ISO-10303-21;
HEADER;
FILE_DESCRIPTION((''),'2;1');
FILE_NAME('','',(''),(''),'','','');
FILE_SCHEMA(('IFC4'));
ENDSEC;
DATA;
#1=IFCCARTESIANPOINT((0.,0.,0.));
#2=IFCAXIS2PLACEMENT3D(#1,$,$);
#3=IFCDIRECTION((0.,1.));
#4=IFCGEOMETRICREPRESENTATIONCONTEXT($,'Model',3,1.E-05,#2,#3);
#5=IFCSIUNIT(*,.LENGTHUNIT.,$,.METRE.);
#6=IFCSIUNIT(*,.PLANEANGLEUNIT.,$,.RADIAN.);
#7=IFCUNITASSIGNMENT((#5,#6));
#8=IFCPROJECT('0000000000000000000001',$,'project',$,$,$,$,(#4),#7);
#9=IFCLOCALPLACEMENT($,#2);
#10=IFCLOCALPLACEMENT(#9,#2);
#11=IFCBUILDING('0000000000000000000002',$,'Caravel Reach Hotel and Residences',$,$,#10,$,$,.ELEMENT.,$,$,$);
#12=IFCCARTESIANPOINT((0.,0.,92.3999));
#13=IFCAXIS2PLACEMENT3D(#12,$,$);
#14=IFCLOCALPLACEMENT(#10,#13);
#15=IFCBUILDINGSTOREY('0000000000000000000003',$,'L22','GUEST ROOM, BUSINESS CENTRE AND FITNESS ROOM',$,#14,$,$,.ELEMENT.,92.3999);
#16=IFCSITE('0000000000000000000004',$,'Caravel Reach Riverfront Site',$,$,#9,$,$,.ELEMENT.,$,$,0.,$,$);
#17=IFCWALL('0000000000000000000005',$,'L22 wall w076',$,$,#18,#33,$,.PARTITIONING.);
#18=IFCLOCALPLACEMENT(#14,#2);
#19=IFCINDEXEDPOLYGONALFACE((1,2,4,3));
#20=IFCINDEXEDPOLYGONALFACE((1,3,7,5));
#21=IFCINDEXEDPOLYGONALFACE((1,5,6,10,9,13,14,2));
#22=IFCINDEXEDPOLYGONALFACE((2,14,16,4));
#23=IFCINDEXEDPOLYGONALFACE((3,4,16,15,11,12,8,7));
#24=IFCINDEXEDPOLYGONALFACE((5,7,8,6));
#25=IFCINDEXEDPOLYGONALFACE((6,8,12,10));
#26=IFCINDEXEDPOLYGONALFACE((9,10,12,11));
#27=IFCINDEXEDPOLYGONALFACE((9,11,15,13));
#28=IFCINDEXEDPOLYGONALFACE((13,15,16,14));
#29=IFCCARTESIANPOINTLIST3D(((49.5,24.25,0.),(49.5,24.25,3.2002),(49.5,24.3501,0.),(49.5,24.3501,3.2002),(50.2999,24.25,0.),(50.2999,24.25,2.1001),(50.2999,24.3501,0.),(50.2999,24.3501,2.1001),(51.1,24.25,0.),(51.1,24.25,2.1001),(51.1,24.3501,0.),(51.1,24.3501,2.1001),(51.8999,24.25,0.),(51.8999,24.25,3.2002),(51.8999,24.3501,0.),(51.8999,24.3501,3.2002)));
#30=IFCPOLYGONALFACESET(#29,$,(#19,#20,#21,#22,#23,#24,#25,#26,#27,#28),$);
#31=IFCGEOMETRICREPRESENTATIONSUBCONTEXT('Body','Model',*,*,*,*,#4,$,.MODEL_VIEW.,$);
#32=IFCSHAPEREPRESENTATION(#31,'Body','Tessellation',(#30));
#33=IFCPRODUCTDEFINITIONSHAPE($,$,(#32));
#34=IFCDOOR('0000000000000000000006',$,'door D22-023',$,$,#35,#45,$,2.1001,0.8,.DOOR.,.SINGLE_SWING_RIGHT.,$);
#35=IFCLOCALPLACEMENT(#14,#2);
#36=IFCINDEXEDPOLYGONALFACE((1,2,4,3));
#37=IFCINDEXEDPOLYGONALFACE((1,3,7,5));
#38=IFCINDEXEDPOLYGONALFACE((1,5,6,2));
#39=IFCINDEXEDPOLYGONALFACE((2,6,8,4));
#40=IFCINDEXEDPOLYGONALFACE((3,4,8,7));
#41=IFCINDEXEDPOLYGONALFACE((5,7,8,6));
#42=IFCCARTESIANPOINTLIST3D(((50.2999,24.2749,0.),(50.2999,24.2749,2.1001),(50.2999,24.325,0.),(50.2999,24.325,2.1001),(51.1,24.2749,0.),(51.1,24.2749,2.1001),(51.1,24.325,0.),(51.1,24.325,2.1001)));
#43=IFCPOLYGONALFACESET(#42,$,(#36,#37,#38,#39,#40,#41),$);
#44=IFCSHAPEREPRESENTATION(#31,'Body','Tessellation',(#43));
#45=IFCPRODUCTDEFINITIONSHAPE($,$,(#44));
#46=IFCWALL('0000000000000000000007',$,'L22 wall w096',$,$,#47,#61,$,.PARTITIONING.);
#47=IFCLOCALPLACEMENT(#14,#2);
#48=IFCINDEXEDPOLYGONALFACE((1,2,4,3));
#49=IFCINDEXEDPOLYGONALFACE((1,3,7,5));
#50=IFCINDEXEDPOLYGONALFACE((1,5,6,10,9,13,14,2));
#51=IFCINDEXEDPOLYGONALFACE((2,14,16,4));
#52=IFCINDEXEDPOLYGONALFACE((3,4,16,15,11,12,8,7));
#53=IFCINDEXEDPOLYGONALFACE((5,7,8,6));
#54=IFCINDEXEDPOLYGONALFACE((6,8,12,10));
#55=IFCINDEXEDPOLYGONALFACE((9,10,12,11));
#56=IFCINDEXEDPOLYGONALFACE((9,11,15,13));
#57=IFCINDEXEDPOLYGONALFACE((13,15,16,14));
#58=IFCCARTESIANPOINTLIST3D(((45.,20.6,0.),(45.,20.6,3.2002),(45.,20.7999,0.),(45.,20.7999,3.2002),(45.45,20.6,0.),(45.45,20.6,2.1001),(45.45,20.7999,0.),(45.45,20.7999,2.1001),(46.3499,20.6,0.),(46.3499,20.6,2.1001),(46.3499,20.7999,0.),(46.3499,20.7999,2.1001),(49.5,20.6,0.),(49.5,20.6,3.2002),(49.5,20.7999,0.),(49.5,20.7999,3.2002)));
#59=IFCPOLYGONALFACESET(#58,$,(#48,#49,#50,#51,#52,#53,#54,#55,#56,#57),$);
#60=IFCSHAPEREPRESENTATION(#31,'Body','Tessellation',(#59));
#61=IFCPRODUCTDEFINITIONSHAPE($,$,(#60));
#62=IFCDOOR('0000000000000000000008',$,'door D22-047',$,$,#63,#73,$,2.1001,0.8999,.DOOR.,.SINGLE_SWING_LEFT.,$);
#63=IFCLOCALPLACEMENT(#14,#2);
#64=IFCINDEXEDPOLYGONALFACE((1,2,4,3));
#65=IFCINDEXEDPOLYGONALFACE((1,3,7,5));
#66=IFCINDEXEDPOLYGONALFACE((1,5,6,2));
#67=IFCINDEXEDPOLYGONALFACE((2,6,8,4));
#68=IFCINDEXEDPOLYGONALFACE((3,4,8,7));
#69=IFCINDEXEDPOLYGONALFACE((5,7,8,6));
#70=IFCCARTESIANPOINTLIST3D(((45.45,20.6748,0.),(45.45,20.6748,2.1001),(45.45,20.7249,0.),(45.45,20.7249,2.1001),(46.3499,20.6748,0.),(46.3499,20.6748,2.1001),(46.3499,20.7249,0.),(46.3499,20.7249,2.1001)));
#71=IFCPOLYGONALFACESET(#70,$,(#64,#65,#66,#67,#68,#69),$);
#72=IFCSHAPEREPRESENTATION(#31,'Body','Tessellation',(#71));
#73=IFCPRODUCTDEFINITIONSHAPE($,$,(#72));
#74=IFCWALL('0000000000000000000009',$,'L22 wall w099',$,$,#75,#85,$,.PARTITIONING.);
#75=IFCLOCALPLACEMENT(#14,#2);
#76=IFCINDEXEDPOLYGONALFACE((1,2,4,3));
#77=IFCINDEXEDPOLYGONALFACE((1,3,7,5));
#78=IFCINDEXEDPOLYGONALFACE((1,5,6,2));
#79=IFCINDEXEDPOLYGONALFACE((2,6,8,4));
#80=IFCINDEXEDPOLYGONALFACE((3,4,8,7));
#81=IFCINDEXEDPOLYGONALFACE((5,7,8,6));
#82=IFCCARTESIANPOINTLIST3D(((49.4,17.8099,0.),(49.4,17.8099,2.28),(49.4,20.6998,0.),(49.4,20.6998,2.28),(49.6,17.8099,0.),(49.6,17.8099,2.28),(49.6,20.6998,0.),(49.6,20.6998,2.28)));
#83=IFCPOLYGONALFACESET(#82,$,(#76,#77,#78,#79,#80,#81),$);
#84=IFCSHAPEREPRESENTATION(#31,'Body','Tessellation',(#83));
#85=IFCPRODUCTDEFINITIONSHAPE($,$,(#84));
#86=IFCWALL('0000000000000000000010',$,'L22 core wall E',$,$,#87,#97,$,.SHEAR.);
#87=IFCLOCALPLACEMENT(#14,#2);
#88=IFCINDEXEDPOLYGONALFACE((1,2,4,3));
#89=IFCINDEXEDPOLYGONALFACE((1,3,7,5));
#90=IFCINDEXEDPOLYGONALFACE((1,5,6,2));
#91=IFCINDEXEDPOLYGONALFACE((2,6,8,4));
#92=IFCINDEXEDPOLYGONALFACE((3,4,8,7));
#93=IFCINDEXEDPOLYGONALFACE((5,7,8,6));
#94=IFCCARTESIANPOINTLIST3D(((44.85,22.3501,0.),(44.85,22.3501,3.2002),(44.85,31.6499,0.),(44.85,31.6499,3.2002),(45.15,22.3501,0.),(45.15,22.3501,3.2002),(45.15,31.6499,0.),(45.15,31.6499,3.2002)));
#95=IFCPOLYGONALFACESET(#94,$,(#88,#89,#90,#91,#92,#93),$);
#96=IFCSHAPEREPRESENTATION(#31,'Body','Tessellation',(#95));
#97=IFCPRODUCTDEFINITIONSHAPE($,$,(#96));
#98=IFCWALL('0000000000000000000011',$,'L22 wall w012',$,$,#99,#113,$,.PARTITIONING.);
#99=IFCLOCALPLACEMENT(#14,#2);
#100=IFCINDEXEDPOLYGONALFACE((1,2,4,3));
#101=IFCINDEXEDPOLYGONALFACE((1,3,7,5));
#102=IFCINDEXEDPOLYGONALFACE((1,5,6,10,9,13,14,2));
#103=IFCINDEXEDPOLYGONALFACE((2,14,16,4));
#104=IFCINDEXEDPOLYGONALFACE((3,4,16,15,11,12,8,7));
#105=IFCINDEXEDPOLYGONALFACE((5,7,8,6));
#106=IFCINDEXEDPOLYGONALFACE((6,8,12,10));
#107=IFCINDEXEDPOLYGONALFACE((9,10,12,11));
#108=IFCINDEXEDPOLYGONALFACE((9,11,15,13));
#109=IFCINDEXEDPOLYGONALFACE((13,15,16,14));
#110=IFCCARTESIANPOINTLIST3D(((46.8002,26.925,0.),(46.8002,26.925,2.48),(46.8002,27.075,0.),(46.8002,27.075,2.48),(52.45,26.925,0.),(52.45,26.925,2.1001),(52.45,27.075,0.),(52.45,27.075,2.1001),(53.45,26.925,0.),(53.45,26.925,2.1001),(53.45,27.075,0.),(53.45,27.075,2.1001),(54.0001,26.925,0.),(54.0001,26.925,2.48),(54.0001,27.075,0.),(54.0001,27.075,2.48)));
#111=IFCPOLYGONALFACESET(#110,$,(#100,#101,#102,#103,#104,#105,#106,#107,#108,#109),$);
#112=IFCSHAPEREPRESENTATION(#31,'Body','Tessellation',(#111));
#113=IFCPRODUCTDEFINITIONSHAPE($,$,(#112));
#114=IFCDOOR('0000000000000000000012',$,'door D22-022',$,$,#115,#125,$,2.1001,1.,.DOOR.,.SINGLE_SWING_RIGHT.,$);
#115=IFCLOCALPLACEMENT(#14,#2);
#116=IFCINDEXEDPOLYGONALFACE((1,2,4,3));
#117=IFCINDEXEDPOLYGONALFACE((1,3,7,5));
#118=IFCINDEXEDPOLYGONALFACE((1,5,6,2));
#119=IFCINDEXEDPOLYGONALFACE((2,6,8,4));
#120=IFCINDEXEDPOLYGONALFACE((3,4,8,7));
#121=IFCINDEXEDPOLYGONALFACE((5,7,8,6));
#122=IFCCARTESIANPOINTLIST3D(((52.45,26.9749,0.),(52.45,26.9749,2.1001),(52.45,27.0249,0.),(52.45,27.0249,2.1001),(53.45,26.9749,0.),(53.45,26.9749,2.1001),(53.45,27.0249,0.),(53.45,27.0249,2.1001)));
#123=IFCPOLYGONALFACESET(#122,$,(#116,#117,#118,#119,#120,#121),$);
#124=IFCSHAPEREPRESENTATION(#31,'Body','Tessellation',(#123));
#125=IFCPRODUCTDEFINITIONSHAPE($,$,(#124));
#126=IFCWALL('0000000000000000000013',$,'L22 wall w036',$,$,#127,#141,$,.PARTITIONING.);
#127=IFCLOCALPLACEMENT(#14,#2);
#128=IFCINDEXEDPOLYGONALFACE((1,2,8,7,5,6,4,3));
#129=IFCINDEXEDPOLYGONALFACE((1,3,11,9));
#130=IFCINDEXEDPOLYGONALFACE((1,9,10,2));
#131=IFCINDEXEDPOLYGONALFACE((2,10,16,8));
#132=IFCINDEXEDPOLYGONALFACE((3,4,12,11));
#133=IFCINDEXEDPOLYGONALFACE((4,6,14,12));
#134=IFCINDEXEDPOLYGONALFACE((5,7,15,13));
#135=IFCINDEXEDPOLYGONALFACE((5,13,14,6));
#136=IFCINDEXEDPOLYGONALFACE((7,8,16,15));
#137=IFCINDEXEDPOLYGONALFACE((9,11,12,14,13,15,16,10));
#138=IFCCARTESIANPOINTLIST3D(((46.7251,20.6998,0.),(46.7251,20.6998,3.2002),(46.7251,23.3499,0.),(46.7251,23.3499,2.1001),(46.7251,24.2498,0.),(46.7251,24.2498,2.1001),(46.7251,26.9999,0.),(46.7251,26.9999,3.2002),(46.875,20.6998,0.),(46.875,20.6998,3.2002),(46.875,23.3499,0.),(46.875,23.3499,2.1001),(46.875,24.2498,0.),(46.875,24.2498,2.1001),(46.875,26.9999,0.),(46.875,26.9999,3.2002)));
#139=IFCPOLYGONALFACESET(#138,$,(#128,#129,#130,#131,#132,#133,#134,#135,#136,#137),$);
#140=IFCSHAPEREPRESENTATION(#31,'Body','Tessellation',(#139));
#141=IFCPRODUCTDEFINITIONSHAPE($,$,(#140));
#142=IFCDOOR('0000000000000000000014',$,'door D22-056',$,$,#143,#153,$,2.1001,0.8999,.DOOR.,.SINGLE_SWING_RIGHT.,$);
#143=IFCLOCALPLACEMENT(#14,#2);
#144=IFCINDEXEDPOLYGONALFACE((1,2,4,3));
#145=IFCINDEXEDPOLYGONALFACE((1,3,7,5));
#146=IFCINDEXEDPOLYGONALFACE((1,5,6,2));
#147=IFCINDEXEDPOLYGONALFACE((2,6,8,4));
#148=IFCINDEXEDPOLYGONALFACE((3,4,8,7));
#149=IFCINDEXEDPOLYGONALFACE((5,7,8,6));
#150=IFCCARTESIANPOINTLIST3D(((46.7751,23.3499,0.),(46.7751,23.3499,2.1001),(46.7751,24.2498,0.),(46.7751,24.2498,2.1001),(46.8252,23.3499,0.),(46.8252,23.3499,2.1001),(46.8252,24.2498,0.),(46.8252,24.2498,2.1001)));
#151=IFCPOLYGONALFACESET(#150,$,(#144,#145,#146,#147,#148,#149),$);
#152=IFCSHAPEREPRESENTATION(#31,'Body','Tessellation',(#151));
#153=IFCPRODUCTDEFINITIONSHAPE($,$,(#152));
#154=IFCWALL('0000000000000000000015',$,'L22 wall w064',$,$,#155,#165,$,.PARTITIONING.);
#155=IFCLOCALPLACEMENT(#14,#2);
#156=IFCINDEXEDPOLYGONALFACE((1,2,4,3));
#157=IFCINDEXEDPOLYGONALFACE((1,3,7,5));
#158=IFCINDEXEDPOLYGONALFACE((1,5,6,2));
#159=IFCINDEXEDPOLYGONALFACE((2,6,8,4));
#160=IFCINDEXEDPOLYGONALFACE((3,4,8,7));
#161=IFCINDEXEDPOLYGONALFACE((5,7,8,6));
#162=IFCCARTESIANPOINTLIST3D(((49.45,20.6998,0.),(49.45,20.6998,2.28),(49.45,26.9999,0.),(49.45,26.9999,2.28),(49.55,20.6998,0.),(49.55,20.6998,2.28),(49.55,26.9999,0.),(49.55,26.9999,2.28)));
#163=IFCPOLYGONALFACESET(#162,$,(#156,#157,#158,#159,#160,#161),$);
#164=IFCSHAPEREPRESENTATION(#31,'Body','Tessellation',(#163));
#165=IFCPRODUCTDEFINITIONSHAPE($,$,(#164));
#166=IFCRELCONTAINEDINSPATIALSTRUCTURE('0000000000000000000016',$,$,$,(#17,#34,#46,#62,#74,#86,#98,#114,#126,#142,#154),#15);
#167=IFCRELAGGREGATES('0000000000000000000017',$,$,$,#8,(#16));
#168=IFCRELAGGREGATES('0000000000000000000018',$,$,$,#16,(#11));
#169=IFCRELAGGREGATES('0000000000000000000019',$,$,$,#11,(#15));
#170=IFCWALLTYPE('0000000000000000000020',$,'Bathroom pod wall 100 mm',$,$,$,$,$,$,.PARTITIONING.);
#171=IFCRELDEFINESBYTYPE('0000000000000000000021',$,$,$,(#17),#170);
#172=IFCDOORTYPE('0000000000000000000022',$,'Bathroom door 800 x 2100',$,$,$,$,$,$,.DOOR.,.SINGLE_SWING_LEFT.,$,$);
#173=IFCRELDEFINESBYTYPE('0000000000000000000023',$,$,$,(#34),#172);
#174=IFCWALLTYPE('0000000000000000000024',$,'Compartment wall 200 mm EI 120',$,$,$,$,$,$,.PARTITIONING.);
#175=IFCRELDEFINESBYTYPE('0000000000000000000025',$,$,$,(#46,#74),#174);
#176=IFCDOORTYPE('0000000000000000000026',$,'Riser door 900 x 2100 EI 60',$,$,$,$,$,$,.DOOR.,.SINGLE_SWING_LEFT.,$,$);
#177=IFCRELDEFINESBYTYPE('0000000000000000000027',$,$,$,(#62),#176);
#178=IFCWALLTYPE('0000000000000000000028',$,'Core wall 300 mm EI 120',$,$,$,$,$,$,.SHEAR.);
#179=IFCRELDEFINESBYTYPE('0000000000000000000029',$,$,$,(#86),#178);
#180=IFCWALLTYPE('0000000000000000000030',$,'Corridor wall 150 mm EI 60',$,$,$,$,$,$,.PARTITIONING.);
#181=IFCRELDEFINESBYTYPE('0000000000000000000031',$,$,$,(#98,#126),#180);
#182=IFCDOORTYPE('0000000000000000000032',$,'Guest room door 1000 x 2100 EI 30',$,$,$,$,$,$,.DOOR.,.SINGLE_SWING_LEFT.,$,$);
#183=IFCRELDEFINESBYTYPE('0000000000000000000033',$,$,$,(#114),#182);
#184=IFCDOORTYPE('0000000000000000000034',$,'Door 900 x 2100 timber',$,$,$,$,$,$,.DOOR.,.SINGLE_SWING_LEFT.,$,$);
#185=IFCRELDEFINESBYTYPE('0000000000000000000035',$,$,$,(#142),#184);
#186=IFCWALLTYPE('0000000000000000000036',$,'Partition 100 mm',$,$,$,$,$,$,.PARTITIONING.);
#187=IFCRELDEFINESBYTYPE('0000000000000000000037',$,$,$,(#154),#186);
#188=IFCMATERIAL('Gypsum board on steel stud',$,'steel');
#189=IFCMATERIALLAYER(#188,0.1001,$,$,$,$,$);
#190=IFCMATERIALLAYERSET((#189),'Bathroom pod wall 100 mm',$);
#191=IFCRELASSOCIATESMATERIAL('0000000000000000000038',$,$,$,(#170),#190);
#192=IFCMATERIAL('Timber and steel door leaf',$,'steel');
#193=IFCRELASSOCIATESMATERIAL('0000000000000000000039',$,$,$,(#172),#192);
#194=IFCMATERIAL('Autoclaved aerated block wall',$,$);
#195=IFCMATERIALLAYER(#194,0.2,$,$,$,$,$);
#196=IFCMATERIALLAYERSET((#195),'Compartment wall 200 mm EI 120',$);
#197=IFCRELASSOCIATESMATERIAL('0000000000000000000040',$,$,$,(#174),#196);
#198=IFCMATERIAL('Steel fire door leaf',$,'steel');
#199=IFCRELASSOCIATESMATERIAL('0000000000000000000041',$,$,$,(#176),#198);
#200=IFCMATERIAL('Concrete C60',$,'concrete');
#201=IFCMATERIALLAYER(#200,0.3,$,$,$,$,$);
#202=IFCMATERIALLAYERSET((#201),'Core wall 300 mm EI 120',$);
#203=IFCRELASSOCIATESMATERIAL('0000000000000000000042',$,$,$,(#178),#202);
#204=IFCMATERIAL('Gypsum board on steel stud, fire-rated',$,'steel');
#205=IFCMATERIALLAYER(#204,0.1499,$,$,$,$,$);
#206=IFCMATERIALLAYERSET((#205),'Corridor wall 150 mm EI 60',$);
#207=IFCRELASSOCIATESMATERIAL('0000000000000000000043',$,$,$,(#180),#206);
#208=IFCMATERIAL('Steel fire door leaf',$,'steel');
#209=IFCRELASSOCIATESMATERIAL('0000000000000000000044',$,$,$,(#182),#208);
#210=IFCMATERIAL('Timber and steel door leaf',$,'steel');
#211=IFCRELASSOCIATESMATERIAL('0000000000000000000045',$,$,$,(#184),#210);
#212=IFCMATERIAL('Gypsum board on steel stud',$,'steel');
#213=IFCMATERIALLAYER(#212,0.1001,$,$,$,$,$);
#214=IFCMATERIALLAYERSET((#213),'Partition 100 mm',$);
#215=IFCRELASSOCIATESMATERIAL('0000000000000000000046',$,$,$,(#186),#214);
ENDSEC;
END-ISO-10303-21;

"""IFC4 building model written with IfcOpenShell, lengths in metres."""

from ifc_helpers import new_model, si_unit, direction, frame, frame_2d, origin, place, context, subcontext, project, spatial, rectangle, extrude, material, layer, layer_set, type_object, element, fill, save


model = new_model("IFC4")

# Units and contexts
model_context = context("Model", 3, precision=1e-05, world=origin(), true_north=direction((0.0, 1.0)))
body_context = subcontext(model_context, "Body", "Model", "MODEL_VIEW")
ifc_project = project(units=[si_unit("LENGTHUNIT", "METRE"), si_unit("PLANEANGLEUNIT", "RADIAN")], contexts=[model_context])

# Site, building, storey
site_placement = place(None, origin())
site = spatial("IfcSite", under=ifc_project, at=site_placement, Name="Caravel Reach Riverfront Site", CompositionType="ELEMENT", RefElevation=0.0)
building_placement = place(site_placement, origin())
building = spatial("IfcBuilding", under=site, at=building_placement, Name="Caravel Reach Hotel and Residences", CompositionType="ELEMENT")
storey_placement = place(building_placement, frame((0.0, 0.0, 92.3999)))
storey = spatial("IfcBuildingStorey", under=building, at=storey_placement, Name="L22", Description="GUEST ROOM, BUSINESS CENTRE AND FITNESS ROOM", CompositionType="ELEMENT", Elevation=92.3999)

# Walls, openings, doors
ifc_material_1 = material(Name="Gypsum board on steel stud", Category="steel")
ifc_layer_1 = layer(ifc_material_1, 0.1001)
ifc_layer_set_1 = layer_set([ifc_layer_1], Name="Bathroom pod wall 100 mm")
wall_type_1 = type_object("IfcWallType", Name="Bathroom pod wall 100 mm", PredefinedType="PARTITIONING", material=ifc_layer_set_1)
wall_1_placement = place(storey_placement, frame((49.5, 24.3, 0.0), z_axis=(0.0, 0.0, 1.0), x_axis=(1.0, 0.0, 0.0)))
wall_1 = element("IfcWall", 1, at=wall_1_placement, inside=storey, type_object=wall_type_1, Name="L22 wall w076", PredefinedType="PARTITIONING", context=body_context, shape_type="SweptSolid", body=[
    extrude(rectangle(XDim=2.3999, YDim=0.1001, at=frame_2d((1.2, 0.0))), origin(), (0.0, 0.0, 1.0), 3.2002),
])
opening_1_placement = place(wall_1_placement, frame((0.8, 0.0, 0.0)))
opening_1 = element("IfcOpeningElement", 2, at=opening_1_placement, cuts=wall_1, PredefinedType="OPENING", context=body_context, shape_type="SweptSolid", body=[
    extrude(rectangle(XDim=0.8, YDim=2.1001, at=frame_2d((0.3999, 1.05))), frame((0.0, 0.0601, 0.0), z_axis=(0.0, -1.0, 0.0), x_axis=(1.0, 0.0, 0.0)), (0.0, 0.0, 1.0), 0.1201),
])
ifc_material_2 = material(Name="Timber and steel door leaf", Category="steel")
door_type_1 = type_object("IfcDoorType", Name="Bathroom door 800 x 2100", OperationType="SINGLE_SWING_LEFT", PredefinedType="DOOR", material=ifc_material_2)
door_1_placement = place(opening_1_placement, origin())
door_1 = element("IfcDoor", 3, at=door_1_placement, inside=storey, type_object=door_type_1, Name="door D22-023", OperationType="SINGLE_SWING_RIGHT", OverallHeight=2.1001, OverallWidth=0.8, PredefinedType="DOOR", context=body_context, shape_type="SweptSolid", body=[
    extrude(rectangle(XDim=0.8, YDim=2.1001, at=frame_2d((0.3999, 1.05))), frame((0.0, 0.0249, 0.0), z_axis=(0.0, -1.0, 0.0), x_axis=(1.0, 0.0, 0.0)), (0.0, 0.0, 1.0), 0.05),
])
fill(opening_1, door_1)
ifc_material_3 = material(Name="Autoclaved aerated block wall")
ifc_layer_2 = layer(ifc_material_3, 0.2)
ifc_layer_set_2 = layer_set([ifc_layer_2], Name="Compartment wall 200 mm EI 120")
wall_type_2 = type_object("IfcWallType", Name="Compartment wall 200 mm EI 120", PredefinedType="PARTITIONING", material=ifc_layer_set_2)
wall_2_placement = place(storey_placement, frame((45.0, 20.7, 0.0), z_axis=(0.0, 0.0, 1.0), x_axis=(1.0, 0.0, 0.0)))
wall_2 = element("IfcWall", 4, at=wall_2_placement, inside=storey, type_object=wall_type_2, Name="L22 wall w096", PredefinedType="PARTITIONING", context=body_context, shape_type="SweptSolid", body=[
    extrude(rectangle(XDim=4.5, YDim=0.2, at=frame_2d((2.25, 0.0))), origin(), (0.0, 0.0, 1.0), 3.2002),
])
opening_2_placement = place(wall_2_placement, frame((0.45, 0.0, 0.0)))
opening_2 = element("IfcOpeningElement", 5, at=opening_2_placement, cuts=wall_2, PredefinedType="OPENING", context=body_context, shape_type="SweptSolid", body=[
    extrude(rectangle(XDim=0.8999, YDim=2.1001, at=frame_2d((0.45, 1.05))), frame((0.0, 0.1099, 0.0), z_axis=(0.0, -1.0, 0.0), x_axis=(1.0, 0.0, 0.0)), (0.0, 0.0, 1.0), 0.22),
])
ifc_material_4 = material(Name="Steel fire door leaf", Category="steel")
door_type_2 = type_object("IfcDoorType", Name="Riser door 900 x 2100 EI 60", OperationType="SINGLE_SWING_LEFT", PredefinedType="DOOR", material=ifc_material_4)
door_2_placement = place(opening_2_placement, origin())
door_2 = element("IfcDoor", 6, at=door_2_placement, inside=storey, type_object=door_type_2, Name="door D22-047", OperationType="SINGLE_SWING_LEFT", OverallHeight=2.1001, OverallWidth=0.8999, PredefinedType="DOOR", context=body_context, shape_type="SweptSolid", body=[
    extrude(rectangle(XDim=0.8999, YDim=2.1001, at=frame_2d((0.45, 1.05))), frame((0.0, 0.0249, 0.0), z_axis=(0.0, -1.0, 0.0), x_axis=(1.0, 0.0, 0.0)), (0.0, 0.0, 1.0), 0.05),
])
fill(opening_2, door_2)

# Walls
wall_3_placement = place(storey_placement, frame((49.5, 17.8101, 0.0), z_axis=(0.0, 0.0, 1.0), x_axis=(0.0, 1.0, 0.0)))
element("IfcWall", 7, at=wall_3_placement, inside=storey, type_object=wall_type_2, Name="L22 wall w099", PredefinedType="PARTITIONING", context=body_context, shape_type="SweptSolid", body=[
    extrude(rectangle(XDim=2.8899, YDim=0.2, at=frame_2d((1.4448, 0.0))), origin(), (0.0, 0.0, 1.0), 2.28),
])
ifc_material_5 = material(Name="Concrete C60", Category="concrete")
ifc_layer_3 = layer(ifc_material_5, 0.3)
ifc_layer_set_3 = layer_set([ifc_layer_3], Name="Core wall 300 mm EI 120")
wall_type_3 = type_object("IfcWallType", Name="Core wall 300 mm EI 120", PredefinedType="SHEAR", material=ifc_layer_set_3)
wall_4_placement = place(storey_placement, frame((45.0, 22.3501, 0.0), z_axis=(0.0, 0.0, 1.0), x_axis=(0.0, 1.0, 0.0)))
element("IfcWall", 8, at=wall_4_placement, inside=storey, type_object=wall_type_3, Name="L22 core wall E", PredefinedType="SHEAR", context=body_context, shape_type="SweptSolid", body=[
    extrude(rectangle(XDim=9.2998, YDim=0.3, at=frame_2d((4.6499, 0.0))), origin(), (0.0, 0.0, 1.0), 3.2002),
])

# Walls, openings, doors
ifc_material_6 = material(Name="Gypsum board on steel stud, fire-rated", Category="steel")
ifc_layer_4 = layer(ifc_material_6, 0.1499)
ifc_layer_set_4 = layer_set([ifc_layer_4], Name="Corridor wall 150 mm EI 60")
wall_type_4 = type_object("IfcWallType", Name="Corridor wall 150 mm EI 60", PredefinedType="PARTITIONING", material=ifc_layer_set_4)
wall_5_placement = place(storey_placement, frame((46.8, 27.0, 0.0), z_axis=(0.0, 0.0, 1.0), x_axis=(1.0, 0.0, 0.0)))
wall_5 = element("IfcWall", 9, at=wall_5_placement, inside=storey, type_object=wall_type_4, Name="L22 wall w012", PredefinedType="PARTITIONING", context=body_context, shape_type="SweptSolid", body=[
    extrude(rectangle(XDim=7.2, YDim=0.1499, at=frame_2d((3.6001, 0.0))), origin(), (0.0, 0.0, 1.0), 2.48),
])
opening_3_placement = place(wall_5_placement, frame((5.6499, 0.0, 0.0)))
opening_3 = element("IfcOpeningElement", 10, at=opening_3_placement, cuts=wall_5, PredefinedType="OPENING", context=body_context, shape_type="SweptSolid", body=[
    extrude(rectangle(XDim=1.0, YDim=2.1001, at=frame_2d((0.5, 1.05))), frame((0.0, 0.085, 0.0), z_axis=(0.0, -1.0, 0.0), x_axis=(1.0, 0.0, 0.0)), (0.0, 0.0, 1.0), 0.1699),
])
ifc_material_7 = material(Name="Steel fire door leaf", Category="steel")
door_type_3 = type_object("IfcDoorType", Name="Guest room door 1000 x 2100 EI 30", OperationType="SINGLE_SWING_LEFT", PredefinedType="DOOR", material=ifc_material_7)
door_3_placement = place(opening_3_placement, origin())
door_3 = element("IfcDoor", 11, at=door_3_placement, inside=storey, type_object=door_type_3, Name="door D22-022", OperationType="SINGLE_SWING_RIGHT", OverallHeight=2.1001, OverallWidth=1.0, PredefinedType="DOOR", context=body_context, shape_type="SweptSolid", body=[
    extrude(rectangle(XDim=1.0, YDim=2.1001, at=frame_2d((0.5, 1.05))), frame((0.0, 0.0249, 0.0), z_axis=(0.0, -1.0, 0.0), x_axis=(1.0, 0.0, 0.0)), (0.0, 0.0, 1.0), 0.05),
])
fill(opening_3, door_3)
wall_6_placement = place(storey_placement, frame((46.8, 20.7, 0.0), z_axis=(0.0, 0.0, 1.0), x_axis=(0.0, 1.0, 0.0)))
wall_6 = element("IfcWall", 12, at=wall_6_placement, inside=storey, type_object=wall_type_4, Name="L22 wall w036", PredefinedType="PARTITIONING", context=body_context, shape_type="SweptSolid", body=[
    extrude(rectangle(XDim=6.3, YDim=0.1499, at=frame_2d((3.1499, 0.0))), origin(), (0.0, 0.0, 1.0), 3.2002),
])
opening_4_placement = place(wall_6_placement, frame((2.6499, 0.0, 0.0)))
opening_4 = element("IfcOpeningElement", 13, at=opening_4_placement, cuts=wall_6, PredefinedType="OPENING", context=body_context, shape_type="SweptSolid", body=[
    extrude(rectangle(XDim=0.8999, YDim=2.1001, at=frame_2d((0.45, 1.05))), frame((0.0, 0.085, 0.0), z_axis=(0.0, -1.0, 0.0), x_axis=(1.0, 0.0, 0.0)), (0.0, 0.0, 1.0), 0.1699),
])
ifc_material_8 = material(Name="Timber and steel door leaf", Category="steel")
door_type_4 = type_object("IfcDoorType", Name="Door 900 x 2100 timber", OperationType="SINGLE_SWING_LEFT", PredefinedType="DOOR", material=ifc_material_8)
door_4_placement = place(opening_4_placement, origin())
door_4 = element("IfcDoor", 14, at=door_4_placement, inside=storey, type_object=door_type_4, Name="door D22-056", OperationType="SINGLE_SWING_RIGHT", OverallHeight=2.1001, OverallWidth=0.8999, PredefinedType="DOOR", context=body_context, shape_type="SweptSolid", body=[
    extrude(rectangle(XDim=0.8999, YDim=2.1001, at=frame_2d((0.45, 1.05))), frame((0.0, 0.0249, 0.0), z_axis=(0.0, -1.0, 0.0), x_axis=(1.0, 0.0, 0.0)), (0.0, 0.0, 1.0), 0.05),
])
fill(opening_4, door_4)

# Wall
ifc_material_9 = material(Name="Gypsum board on steel stud", Category="steel")
ifc_layer_5 = layer(ifc_material_9, 0.1001)
ifc_layer_set_5 = layer_set([ifc_layer_5], Name="Partition 100 mm")
wall_type_5 = type_object("IfcWallType", Name="Partition 100 mm", PredefinedType="PARTITIONING", material=ifc_layer_set_5)
wall_7_placement = place(storey_placement, frame((49.5, 20.7, 0.0), z_axis=(0.0, 0.0, 1.0), x_axis=(0.0, 1.0, 0.0)))
element("IfcWall", 15, at=wall_7_placement, inside=storey, type_object=wall_type_5, Name="L22 wall w064", PredefinedType="PARTITIONING", context=body_context, shape_type="SweptSolid", body=[
    extrude(rectangle(XDim=6.3, YDim=0.1001, at=frame_2d((3.1499, 0.0))), origin(), (0.0, 0.0, 1.0), 2.28),
])

save(model, "model.ifc")
